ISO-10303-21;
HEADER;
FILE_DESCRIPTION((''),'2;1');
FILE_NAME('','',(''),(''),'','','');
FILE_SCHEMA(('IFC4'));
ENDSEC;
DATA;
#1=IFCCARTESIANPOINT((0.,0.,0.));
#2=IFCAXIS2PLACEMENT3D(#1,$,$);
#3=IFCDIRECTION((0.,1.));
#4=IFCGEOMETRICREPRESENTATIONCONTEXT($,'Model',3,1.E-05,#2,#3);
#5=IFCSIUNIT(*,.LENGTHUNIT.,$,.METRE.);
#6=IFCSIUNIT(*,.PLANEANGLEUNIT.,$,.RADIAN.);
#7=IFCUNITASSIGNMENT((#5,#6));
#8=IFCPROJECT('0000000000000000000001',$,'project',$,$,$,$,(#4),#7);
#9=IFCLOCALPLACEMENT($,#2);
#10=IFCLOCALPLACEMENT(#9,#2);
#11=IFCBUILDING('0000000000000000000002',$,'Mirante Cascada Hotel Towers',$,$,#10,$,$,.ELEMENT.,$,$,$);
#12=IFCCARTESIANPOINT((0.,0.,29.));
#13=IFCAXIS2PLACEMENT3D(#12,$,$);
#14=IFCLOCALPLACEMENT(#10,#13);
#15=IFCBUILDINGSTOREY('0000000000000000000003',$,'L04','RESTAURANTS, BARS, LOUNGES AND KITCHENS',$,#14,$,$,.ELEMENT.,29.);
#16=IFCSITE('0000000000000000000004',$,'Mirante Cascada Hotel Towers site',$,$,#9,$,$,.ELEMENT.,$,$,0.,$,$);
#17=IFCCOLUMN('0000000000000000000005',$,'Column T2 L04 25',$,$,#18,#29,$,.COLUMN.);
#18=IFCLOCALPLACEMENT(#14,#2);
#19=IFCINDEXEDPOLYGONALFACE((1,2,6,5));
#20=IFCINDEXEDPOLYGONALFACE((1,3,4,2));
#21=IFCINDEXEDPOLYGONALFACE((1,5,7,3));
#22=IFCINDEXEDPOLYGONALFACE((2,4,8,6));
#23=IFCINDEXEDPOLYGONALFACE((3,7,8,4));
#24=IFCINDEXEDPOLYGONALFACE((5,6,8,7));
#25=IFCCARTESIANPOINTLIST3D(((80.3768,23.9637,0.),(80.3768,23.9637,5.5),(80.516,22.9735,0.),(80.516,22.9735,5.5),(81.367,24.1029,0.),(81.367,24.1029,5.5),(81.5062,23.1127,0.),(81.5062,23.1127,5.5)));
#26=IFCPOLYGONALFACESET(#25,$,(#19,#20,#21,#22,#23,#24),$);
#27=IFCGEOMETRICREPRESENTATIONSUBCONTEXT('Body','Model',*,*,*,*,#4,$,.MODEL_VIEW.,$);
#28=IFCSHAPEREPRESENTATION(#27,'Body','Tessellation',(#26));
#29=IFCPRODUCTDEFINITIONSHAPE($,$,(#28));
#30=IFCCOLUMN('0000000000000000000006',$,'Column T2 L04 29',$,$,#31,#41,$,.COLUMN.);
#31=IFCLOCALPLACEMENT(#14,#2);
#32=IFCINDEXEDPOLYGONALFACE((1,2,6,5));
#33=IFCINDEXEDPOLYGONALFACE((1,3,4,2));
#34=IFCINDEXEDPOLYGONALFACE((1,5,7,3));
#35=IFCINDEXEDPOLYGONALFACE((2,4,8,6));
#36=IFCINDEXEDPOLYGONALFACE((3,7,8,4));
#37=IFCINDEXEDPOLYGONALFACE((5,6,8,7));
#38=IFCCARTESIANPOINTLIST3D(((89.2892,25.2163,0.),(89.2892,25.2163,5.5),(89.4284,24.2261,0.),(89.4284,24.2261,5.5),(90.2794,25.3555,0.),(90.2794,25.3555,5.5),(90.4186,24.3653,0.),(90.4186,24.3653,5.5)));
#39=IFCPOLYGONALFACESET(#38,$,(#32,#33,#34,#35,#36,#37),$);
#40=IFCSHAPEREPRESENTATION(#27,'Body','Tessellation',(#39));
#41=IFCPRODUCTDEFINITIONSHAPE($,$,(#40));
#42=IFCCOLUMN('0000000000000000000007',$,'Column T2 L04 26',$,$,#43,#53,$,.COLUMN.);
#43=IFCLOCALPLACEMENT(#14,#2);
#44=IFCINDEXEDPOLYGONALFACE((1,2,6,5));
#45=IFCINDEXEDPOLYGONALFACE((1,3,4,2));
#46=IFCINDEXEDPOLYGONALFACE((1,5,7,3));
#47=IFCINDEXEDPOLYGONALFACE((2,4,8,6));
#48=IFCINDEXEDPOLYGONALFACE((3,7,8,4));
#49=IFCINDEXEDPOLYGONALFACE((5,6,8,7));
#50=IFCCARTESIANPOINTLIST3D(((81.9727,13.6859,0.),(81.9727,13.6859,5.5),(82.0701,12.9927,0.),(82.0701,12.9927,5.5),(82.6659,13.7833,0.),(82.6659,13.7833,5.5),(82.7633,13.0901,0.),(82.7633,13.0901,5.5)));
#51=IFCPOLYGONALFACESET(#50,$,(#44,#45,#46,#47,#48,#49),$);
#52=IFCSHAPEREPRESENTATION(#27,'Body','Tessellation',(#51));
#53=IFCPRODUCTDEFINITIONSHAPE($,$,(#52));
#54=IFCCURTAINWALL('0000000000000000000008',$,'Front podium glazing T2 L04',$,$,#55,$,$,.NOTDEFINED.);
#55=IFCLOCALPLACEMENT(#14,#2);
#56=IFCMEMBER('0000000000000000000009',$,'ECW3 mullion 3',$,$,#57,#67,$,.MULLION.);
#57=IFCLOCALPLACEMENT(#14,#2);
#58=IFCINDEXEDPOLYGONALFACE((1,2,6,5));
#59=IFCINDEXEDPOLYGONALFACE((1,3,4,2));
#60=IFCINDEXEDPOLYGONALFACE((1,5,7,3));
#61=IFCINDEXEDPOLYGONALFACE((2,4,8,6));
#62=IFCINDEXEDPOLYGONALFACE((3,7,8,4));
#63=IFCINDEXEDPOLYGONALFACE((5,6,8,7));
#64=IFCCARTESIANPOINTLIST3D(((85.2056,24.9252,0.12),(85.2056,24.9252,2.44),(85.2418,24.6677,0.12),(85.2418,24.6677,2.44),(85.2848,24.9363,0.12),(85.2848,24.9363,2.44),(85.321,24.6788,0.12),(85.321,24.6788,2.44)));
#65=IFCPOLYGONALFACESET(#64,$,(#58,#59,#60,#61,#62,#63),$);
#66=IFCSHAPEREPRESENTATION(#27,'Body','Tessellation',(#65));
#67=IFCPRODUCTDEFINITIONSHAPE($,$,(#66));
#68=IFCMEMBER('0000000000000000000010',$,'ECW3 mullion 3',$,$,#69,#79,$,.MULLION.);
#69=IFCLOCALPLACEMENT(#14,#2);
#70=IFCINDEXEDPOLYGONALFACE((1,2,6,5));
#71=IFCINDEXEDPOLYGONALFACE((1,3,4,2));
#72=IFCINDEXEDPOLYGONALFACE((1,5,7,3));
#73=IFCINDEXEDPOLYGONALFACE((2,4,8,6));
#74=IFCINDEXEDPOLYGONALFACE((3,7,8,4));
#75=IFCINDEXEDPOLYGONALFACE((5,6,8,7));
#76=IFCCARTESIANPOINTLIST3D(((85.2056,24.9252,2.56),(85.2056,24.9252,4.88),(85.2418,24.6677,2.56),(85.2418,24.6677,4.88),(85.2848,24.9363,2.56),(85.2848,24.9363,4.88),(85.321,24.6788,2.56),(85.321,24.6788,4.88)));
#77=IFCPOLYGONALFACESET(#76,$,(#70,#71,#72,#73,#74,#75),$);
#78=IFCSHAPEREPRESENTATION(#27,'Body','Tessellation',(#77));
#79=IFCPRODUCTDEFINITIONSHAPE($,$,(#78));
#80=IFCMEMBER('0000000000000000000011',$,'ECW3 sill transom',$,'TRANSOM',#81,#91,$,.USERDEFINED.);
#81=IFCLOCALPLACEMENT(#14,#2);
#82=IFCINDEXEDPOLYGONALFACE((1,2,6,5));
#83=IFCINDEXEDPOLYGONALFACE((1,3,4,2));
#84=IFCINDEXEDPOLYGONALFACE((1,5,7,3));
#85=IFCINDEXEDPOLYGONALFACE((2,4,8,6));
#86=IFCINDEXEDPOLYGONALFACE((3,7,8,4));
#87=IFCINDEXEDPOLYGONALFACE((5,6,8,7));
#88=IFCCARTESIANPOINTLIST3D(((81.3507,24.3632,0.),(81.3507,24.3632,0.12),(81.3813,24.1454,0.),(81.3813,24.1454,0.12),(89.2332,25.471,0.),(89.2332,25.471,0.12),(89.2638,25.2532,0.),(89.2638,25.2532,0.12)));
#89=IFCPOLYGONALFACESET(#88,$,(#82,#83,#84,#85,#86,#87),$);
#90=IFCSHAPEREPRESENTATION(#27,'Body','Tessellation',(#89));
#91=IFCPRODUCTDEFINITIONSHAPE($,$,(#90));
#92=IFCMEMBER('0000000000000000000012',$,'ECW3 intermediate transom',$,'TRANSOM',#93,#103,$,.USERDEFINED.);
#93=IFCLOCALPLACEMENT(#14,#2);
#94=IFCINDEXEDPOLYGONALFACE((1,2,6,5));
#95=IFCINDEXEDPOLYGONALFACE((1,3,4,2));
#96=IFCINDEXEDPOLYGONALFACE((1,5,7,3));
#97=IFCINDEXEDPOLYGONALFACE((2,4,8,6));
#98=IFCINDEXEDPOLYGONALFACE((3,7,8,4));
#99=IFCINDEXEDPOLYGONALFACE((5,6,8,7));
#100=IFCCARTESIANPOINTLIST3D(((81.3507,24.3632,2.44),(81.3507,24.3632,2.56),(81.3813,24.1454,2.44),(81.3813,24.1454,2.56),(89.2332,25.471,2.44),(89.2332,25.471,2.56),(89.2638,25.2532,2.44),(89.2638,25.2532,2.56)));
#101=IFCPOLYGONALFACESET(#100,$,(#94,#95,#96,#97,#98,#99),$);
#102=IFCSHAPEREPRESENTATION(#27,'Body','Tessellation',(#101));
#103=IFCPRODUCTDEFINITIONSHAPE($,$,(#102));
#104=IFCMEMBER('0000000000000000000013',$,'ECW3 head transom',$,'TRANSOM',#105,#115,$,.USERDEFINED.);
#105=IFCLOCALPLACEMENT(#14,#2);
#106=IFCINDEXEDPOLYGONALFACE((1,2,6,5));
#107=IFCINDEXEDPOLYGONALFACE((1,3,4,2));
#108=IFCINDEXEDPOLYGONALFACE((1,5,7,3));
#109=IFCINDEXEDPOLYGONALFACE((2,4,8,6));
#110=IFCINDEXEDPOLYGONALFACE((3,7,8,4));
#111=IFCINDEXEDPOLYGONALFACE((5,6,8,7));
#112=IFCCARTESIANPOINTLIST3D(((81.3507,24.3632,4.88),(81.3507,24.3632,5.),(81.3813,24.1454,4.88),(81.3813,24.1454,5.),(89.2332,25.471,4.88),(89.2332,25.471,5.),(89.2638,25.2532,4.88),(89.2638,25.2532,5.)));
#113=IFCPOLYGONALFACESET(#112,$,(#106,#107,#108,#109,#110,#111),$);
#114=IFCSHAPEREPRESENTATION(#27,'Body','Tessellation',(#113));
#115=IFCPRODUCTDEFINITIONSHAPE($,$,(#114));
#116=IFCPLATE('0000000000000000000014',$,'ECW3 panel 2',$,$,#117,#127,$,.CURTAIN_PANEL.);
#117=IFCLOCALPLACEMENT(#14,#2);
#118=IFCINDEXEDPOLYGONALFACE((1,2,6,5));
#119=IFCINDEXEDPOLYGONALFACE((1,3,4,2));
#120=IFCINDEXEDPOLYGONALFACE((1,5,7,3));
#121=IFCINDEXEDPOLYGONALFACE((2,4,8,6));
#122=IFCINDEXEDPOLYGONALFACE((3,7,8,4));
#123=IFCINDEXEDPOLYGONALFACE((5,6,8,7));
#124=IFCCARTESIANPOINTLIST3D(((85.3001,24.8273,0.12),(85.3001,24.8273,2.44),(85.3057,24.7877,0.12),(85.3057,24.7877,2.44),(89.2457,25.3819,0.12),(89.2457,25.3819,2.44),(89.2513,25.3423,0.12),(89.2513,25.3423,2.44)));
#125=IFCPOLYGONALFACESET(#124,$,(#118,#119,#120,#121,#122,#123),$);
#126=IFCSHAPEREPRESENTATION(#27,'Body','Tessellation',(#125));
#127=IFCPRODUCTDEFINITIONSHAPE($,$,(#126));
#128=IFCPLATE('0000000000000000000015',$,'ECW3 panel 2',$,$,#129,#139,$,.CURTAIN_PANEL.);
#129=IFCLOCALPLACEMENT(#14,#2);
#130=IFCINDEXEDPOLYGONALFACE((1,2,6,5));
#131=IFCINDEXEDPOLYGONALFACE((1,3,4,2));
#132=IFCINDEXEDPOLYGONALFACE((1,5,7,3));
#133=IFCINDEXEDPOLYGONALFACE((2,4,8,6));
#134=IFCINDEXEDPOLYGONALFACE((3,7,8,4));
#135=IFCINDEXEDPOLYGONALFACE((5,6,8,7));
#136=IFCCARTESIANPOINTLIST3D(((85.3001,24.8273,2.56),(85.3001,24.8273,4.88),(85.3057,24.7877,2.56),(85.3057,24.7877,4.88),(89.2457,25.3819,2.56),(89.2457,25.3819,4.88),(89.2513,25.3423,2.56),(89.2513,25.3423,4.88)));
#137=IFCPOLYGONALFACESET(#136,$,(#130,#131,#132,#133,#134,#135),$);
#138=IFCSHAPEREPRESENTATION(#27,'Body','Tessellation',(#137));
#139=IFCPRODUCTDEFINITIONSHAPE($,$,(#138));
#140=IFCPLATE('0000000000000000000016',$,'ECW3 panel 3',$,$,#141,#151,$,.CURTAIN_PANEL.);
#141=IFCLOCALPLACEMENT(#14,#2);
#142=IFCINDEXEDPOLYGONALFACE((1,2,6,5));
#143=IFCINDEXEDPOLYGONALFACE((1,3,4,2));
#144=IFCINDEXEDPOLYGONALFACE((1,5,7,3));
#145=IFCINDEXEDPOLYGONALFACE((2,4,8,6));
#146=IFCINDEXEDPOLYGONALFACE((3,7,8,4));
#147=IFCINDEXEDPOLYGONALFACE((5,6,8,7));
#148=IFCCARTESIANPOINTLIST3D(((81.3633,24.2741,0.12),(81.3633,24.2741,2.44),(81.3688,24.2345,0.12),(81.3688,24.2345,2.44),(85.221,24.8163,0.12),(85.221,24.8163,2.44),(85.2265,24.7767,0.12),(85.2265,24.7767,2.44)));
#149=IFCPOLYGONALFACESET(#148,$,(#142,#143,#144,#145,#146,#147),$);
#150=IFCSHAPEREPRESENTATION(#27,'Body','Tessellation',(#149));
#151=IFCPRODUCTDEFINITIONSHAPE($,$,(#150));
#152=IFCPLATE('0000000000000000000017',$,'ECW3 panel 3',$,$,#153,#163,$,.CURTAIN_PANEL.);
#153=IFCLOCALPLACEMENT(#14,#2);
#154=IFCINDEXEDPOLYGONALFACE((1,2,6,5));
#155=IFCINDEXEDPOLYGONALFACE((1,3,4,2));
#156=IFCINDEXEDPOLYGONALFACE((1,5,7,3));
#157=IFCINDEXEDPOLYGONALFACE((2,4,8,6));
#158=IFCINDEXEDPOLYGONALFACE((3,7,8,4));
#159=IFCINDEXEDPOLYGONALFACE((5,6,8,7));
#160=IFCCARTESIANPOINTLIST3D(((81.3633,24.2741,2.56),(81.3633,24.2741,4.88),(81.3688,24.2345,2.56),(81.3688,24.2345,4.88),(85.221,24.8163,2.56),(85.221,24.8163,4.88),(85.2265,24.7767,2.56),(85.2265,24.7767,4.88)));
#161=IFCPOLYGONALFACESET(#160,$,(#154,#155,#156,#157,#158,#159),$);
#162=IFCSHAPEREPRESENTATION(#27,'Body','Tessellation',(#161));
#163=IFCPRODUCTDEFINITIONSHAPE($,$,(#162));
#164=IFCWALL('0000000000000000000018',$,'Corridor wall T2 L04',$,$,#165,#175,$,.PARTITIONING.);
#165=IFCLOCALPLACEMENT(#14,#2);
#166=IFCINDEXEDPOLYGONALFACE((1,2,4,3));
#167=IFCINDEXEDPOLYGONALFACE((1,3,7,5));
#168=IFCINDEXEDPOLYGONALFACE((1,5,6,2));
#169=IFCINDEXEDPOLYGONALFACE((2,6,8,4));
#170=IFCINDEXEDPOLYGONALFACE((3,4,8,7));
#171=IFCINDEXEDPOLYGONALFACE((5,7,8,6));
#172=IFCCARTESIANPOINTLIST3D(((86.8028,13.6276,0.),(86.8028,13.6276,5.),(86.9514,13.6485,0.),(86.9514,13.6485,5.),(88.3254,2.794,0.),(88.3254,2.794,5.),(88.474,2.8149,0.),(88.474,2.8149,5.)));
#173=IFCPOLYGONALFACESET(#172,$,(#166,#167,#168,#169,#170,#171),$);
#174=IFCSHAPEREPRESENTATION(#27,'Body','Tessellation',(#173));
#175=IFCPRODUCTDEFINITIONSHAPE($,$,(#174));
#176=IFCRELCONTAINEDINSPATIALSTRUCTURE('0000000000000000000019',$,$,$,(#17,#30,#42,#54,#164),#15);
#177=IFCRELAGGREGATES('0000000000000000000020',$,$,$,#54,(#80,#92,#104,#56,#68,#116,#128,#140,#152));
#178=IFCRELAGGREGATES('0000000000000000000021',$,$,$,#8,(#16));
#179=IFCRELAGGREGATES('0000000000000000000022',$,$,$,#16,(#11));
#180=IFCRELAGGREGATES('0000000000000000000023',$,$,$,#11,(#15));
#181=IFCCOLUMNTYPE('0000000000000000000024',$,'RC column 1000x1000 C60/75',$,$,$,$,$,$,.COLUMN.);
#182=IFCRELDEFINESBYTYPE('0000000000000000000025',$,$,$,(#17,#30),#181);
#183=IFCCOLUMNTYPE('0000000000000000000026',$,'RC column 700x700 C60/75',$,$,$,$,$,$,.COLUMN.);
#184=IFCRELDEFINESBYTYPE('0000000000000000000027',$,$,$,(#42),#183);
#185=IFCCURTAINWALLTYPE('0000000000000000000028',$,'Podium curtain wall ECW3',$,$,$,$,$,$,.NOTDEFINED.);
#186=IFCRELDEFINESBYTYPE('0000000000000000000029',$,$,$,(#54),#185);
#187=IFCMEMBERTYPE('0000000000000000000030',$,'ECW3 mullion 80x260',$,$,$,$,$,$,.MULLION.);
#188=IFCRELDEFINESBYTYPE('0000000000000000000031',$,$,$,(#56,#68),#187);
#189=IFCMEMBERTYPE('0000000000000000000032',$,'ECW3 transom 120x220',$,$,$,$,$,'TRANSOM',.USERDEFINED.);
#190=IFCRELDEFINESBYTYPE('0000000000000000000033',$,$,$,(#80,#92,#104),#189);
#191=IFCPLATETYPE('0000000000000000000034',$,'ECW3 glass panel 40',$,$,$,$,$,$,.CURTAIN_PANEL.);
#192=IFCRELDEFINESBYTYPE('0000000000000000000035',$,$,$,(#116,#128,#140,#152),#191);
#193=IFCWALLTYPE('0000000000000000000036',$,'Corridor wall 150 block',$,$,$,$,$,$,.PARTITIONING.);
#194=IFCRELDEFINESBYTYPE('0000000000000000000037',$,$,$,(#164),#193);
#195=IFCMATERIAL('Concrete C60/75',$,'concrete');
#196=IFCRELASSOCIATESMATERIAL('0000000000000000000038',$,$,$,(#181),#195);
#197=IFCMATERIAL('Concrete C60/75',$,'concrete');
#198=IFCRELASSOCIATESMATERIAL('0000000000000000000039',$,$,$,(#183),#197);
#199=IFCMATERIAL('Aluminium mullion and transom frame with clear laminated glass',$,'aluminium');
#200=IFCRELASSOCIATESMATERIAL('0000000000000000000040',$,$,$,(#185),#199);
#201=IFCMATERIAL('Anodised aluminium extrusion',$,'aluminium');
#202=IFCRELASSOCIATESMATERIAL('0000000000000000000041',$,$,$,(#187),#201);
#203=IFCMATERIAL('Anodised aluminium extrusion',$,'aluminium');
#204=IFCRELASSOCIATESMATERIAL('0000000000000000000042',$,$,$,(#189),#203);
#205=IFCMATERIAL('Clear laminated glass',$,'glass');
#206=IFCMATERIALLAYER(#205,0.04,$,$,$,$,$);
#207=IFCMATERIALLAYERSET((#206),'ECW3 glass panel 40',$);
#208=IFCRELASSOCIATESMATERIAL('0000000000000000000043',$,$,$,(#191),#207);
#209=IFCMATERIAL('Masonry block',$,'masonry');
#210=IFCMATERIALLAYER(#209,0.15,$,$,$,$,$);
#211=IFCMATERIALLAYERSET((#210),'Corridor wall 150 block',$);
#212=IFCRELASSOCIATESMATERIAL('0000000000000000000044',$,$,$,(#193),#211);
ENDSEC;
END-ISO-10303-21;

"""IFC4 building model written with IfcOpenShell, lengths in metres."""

from ifc_helpers import new_model, si_unit, direction, frame, frame_2d, origin, origin_2d, place, context, subcontext, project, spatial, rectangle, extrude, material, layer, layer_set, material_profile, profile_set, type_object, element, aggregate, save


model = new_model("IFC4")

# Units and contexts
model_context = context("Model", 3, precision=1e-05, world=origin(), true_north=direction((0.0, 1.0)))
body_context = subcontext(model_context, "Body", "Model", "MODEL_VIEW")
ifc_project = project(units=[si_unit("LENGTHUNIT", "METRE"), si_unit("PLANEANGLEUNIT", "RADIAN")], contexts=[model_context])

# Site, building, storey
site_placement = place(None, origin())
site = spatial("IfcSite", under=ifc_project, at=site_placement, Name="Mirante Cascada Hotel Towers site", CompositionType="ELEMENT", RefElevation=0.0)
building_placement = place(site_placement, origin())
building = spatial("IfcBuilding", under=site, at=building_placement, Name="Mirante Cascada Hotel Towers", CompositionType="ELEMENT")
storey_placement = place(building_placement, frame((0.0, 0.0, 29.0)))
storey = spatial("IfcBuildingStorey", under=building, at=storey_placement, Name="L04", Description="RESTAURANTS, BARS, LOUNGES AND KITCHENS", CompositionType="ELEMENT", Elevation=29.0)

# Columns
ifc_material_1 = material(Name="Concrete C60/75", Category="concrete")
ifc_material_profile_1 = material_profile(ifc_material_1, rectangle(XDim=1.0, YDim=1.0, at=origin_2d()), Name="RC column 1000x1000 C60/75")
ifc_profile_set_1 = profile_set([ifc_material_profile_1], Name="Concrete C60/75")
column_type_1 = type_object("IfcColumnType", Name="RC column 1000x1000 C60/75", PredefinedType="COLUMN", material=ifc_profile_set_1)
for number, where, z_axis, x_axis, name in (
    (1, (80.9415, 23.5382, 0.0), (0.0, 0.0, 1.0), (0.990268, 0.139173, 0.0), "Column T2 L04 25"),
    (2, (89.8539, 24.7908, 0.0), (0.0, 0.0, 1.0), (0.990268, 0.139173, 0.0), "Column T2 L04 29"),
):
    element("IfcColumn", number, at=place(storey_placement, frame(where, z_axis=z_axis, x_axis=x_axis)), inside=storey, type_object=column_type_1, Name=name, PredefinedType="COLUMN", context=body_context, shape_type="SweptSolid", body=[
        extrude(rectangle(XDim=1.0, YDim=1.0, at=origin_2d()), origin(), (0.0, 0.0, 1.0), 5.5),
    ])
ifc_material_2 = material(Name="Concrete C60/75", Category="concrete")
ifc_material_profile_2 = material_profile(ifc_material_2, rectangle(XDim=0.7, YDim=0.7, at=origin_2d()), Name="RC column 700x700 C60/75")
ifc_profile_set_2 = profile_set([ifc_material_profile_2], Name="Concrete C60/75")
column_type_2 = type_object("IfcColumnType", Name="RC column 700x700 C60/75", PredefinedType="COLUMN", material=ifc_profile_set_2)
column_placement = place(storey_placement, frame((82.368, 13.388, 0.0), z_axis=(0.0, 0.0, 1.0), x_axis=(0.990268, 0.139173, 0.0)))
element("IfcColumn", 3, at=column_placement, inside=storey, type_object=column_type_2, Name="Column T2 L04 26", PredefinedType="COLUMN", context=body_context, shape_type="SweptSolid", body=[
    extrude(rectangle(XDim=0.7, YDim=0.7, at=origin_2d()), origin(), (0.0, 0.0, 1.0), 5.5),
])

# Curtain wall, members, plates
ifc_material_3 = material(Name="Aluminium mullion and transom frame with clear laminated glass", Category="aluminium")
curtain_wall_type = type_object("IfcCurtainWallType", Name="Podium curtain wall ECW3", PredefinedType="NOTDEFINED", material=ifc_material_3)
curtain_wall_placement = place(storey_placement, origin())
curtain_wall = element("IfcCurtainWall", 4, at=curtain_wall_placement, inside=storey, type_object=curtain_wall_type, Name="Front podium glazing T2 L04", PredefinedType="NOTDEFINED")
ifc_material_4 = material(Name="Anodised aluminium extrusion", Category="aluminium")
ifc_material_profile_3 = material_profile(ifc_material_4, rectangle(XDim=0.26, YDim=0.08, at=origin_2d()), Name="ECW3 MULLION 80x260")
ifc_profile_set_3 = profile_set([ifc_material_profile_3], Name="Anodised aluminium extrusion")
member_type_1 = type_object("IfcMemberType", Name="ECW3 mullion 80x260", PredefinedType="MULLION", material=ifc_profile_set_3)
member_1_placement = place(storey_placement, frame((85.2633, 24.802, 0.12), z_axis=(0.0, 0.0, 1.0), x_axis=(0.139173, -0.990268, 0.0)))
member_1 = element("IfcMember", 5, at=member_1_placement, type_object=member_type_1, Name="ECW3 mullion 3", PredefinedType="MULLION", context=body_context, shape_type="SweptSolid", body=[
    extrude(rectangle(XDim=0.26, YDim=0.08, at=origin_2d()), origin(), (0.0, 0.0, 1.0), 2.32),
])
member_2_placement = place(storey_placement, frame((85.2633, 24.802, 2.56), z_axis=(0.0, 0.0, 1.0), x_axis=(0.139173, -0.990268, 0.0)))
member_2 = element("IfcMember", 6, at=member_2_placement, type_object=member_type_1, Name="ECW3 mullion 3", PredefinedType="MULLION", context=body_context, shape_type="SweptSolid", body=[
    extrude(rectangle(XDim=0.26, YDim=0.08, at=origin_2d()), origin(), (0.0, 0.0, 1.0), 2.32),
])
ifc_material_5 = material(Name="Anodised aluminium extrusion", Category="aluminium")
ifc_material_profile_4 = material_profile(ifc_material_5, rectangle(XDim=0.22, YDim=0.12, at=origin_2d()), Name="ECW3 TRANSOM 120x220")
ifc_profile_set_4 = profile_set([ifc_material_profile_4], Name="Anodised aluminium extrusion")
member_type_2 = type_object("IfcMemberType", Name="ECW3 transom 120x220", ElementType="TRANSOM", PredefinedType="USERDEFINED", material=ifc_profile_set_4)
member_3_placement = place(storey_placement, frame((89.2485, 25.3621, 0.06), z_axis=(-0.990268, -0.139172, 0.0), x_axis=(0.139172, -0.990268, 0.0)))
member_3 = element("IfcMember", 7, at=member_3_placement, type_object=member_type_2, Name="ECW3 sill transom", ObjectType="TRANSOM", PredefinedType="USERDEFINED", context=body_context, shape_type="SweptSolid", body=[
    extrude(rectangle(XDim=0.22, YDim=0.12, at=origin_2d()), origin(), (0.0, 0.0, 1.0), 7.96),
])
member_4_placement = place(storey_placement, frame((89.2485, 25.3621, 2.5), z_axis=(-0.990268, -0.139172, 0.0), x_axis=(0.139172, -0.990268, 0.0)))
member_4 = element("IfcMember", 8, at=member_4_placement, type_object=member_type_2, Name="ECW3 intermediate transom", ObjectType="TRANSOM", PredefinedType="USERDEFINED", context=body_context, shape_type="SweptSolid", body=[
    extrude(rectangle(XDim=0.22, YDim=0.12, at=origin_2d()), origin(), (0.0, 0.0, 1.0), 7.96),
])
member_5_placement = place(storey_placement, frame((89.2485, 25.3621, 4.94), z_axis=(-0.990268, -0.139172, 0.0), x_axis=(0.139172, -0.990268, 0.0)))
member_5 = element("IfcMember", 9, at=member_5_placement, type_object=member_type_2, Name="ECW3 head transom", ObjectType="TRANSOM", PredefinedType="USERDEFINED", context=body_context, shape_type="SweptSolid", body=[
    extrude(rectangle(XDim=0.22, YDim=0.12, at=origin_2d()), origin(), (0.0, 0.0, 1.0), 7.96),
])
ifc_material_6 = material(Name="Clear laminated glass", Category="glass")
ifc_layer_1 = layer(ifc_material_6, 0.04)
ifc_layer_set_1 = layer_set([ifc_layer_1], Name="ECW3 glass panel 40")
plate_type = type_object("IfcPlateType", Name="ECW3 glass panel 40", PredefinedType="CURTAIN_PANEL", material=ifc_layer_set_1)
plate_1_placement = place(storey_placement, frame((87.2757, 25.0848, 0.12), z_axis=(0.0, 0.0, 1.0), x_axis=(-0.990268, -0.139173, 0.0)))
plate_1 = element("IfcPlate", 10, at=plate_1_placement, type_object=plate_type, Name="ECW3 panel 2", PredefinedType="CURTAIN_PANEL", context=body_context, shape_type="SweptSolid", body=[
    extrude(rectangle(XDim=3.9844, YDim=0.04, at=origin_2d()), origin(), (0.0, 0.0, 1.0), 2.32),
])
plate_2_placement = place(storey_placement, frame((87.2757, 25.0848, 2.56), z_axis=(0.0, 0.0, 1.0), x_axis=(-0.990268, -0.139173, 0.0)))
plate_2 = element("IfcPlate", 11, at=plate_2_placement, type_object=plate_type, Name="ECW3 panel 2", PredefinedType="CURTAIN_PANEL", context=body_context, shape_type="SweptSolid", body=[
    extrude(rectangle(XDim=3.9844, YDim=0.04, at=origin_2d()), origin(), (0.0, 0.0, 1.0), 2.32),
])
plate_3_placement = place(storey_placement, frame((83.2949, 24.5254, 0.12), z_axis=(0.0, 0.0, 1.0), x_axis=(-0.990268, -0.139173, 0.0)))
plate_3 = element("IfcPlate", 12, at=plate_3_placement, type_object=plate_type, Name="ECW3 panel 3", PredefinedType="CURTAIN_PANEL", context=body_context, shape_type="SweptSolid", body=[
    extrude(rectangle(XDim=3.8956, YDim=0.04, at=origin_2d()), origin(), (0.0, 0.0, 1.0), 2.32),
])
plate_4_placement = place(storey_placement, frame((83.2949, 24.5254, 2.56), z_axis=(0.0, 0.0, 1.0), x_axis=(-0.990268, -0.139173, 0.0)))
plate_4 = element("IfcPlate", 13, at=plate_4_placement, type_object=plate_type, Name="ECW3 panel 3", PredefinedType="CURTAIN_PANEL", context=body_context, shape_type="SweptSolid", body=[
    extrude(rectangle(XDim=3.8956, YDim=0.04, at=origin_2d()), origin(), (0.0, 0.0, 1.0), 2.32),
])
aggregate(curtain_wall, [member_3, member_4, member_5, member_1, member_2, plate_1, plate_2, plate_3, plate_4])

# Wall
ifc_material_7 = material(Name="Masonry block", Category="masonry")
ifc_layer_2 = layer(ifc_material_7, 0.15)
ifc_layer_set_2 = layer_set([ifc_layer_2], Name="Corridor wall 150 block")
wall_type_1 = type_object("IfcWallType", Name="Corridor wall 150 block", PredefinedType="PARTITIONING", material=ifc_layer_set_2)
wall_1_placement = place(storey_placement, frame((86.8771, 13.638, 0.0), z_axis=(0.0, 0.0, 1.0), x_axis=(0.139176, -0.990268, 0.0)))
element("IfcWall", 14, at=wall_1_placement, inside=storey, type_object=wall_type_1, Name="Corridor wall T2 L04", PredefinedType="PARTITIONING", context=body_context, shape_type="SweptSolid", body=[
    extrude(rectangle(XDim=10.9401, YDim=0.15, at=frame_2d((5.47, 0.0))), origin(), (0.0, 0.0, 1.0), 5.0),
])

save(model, "model.ifc")
